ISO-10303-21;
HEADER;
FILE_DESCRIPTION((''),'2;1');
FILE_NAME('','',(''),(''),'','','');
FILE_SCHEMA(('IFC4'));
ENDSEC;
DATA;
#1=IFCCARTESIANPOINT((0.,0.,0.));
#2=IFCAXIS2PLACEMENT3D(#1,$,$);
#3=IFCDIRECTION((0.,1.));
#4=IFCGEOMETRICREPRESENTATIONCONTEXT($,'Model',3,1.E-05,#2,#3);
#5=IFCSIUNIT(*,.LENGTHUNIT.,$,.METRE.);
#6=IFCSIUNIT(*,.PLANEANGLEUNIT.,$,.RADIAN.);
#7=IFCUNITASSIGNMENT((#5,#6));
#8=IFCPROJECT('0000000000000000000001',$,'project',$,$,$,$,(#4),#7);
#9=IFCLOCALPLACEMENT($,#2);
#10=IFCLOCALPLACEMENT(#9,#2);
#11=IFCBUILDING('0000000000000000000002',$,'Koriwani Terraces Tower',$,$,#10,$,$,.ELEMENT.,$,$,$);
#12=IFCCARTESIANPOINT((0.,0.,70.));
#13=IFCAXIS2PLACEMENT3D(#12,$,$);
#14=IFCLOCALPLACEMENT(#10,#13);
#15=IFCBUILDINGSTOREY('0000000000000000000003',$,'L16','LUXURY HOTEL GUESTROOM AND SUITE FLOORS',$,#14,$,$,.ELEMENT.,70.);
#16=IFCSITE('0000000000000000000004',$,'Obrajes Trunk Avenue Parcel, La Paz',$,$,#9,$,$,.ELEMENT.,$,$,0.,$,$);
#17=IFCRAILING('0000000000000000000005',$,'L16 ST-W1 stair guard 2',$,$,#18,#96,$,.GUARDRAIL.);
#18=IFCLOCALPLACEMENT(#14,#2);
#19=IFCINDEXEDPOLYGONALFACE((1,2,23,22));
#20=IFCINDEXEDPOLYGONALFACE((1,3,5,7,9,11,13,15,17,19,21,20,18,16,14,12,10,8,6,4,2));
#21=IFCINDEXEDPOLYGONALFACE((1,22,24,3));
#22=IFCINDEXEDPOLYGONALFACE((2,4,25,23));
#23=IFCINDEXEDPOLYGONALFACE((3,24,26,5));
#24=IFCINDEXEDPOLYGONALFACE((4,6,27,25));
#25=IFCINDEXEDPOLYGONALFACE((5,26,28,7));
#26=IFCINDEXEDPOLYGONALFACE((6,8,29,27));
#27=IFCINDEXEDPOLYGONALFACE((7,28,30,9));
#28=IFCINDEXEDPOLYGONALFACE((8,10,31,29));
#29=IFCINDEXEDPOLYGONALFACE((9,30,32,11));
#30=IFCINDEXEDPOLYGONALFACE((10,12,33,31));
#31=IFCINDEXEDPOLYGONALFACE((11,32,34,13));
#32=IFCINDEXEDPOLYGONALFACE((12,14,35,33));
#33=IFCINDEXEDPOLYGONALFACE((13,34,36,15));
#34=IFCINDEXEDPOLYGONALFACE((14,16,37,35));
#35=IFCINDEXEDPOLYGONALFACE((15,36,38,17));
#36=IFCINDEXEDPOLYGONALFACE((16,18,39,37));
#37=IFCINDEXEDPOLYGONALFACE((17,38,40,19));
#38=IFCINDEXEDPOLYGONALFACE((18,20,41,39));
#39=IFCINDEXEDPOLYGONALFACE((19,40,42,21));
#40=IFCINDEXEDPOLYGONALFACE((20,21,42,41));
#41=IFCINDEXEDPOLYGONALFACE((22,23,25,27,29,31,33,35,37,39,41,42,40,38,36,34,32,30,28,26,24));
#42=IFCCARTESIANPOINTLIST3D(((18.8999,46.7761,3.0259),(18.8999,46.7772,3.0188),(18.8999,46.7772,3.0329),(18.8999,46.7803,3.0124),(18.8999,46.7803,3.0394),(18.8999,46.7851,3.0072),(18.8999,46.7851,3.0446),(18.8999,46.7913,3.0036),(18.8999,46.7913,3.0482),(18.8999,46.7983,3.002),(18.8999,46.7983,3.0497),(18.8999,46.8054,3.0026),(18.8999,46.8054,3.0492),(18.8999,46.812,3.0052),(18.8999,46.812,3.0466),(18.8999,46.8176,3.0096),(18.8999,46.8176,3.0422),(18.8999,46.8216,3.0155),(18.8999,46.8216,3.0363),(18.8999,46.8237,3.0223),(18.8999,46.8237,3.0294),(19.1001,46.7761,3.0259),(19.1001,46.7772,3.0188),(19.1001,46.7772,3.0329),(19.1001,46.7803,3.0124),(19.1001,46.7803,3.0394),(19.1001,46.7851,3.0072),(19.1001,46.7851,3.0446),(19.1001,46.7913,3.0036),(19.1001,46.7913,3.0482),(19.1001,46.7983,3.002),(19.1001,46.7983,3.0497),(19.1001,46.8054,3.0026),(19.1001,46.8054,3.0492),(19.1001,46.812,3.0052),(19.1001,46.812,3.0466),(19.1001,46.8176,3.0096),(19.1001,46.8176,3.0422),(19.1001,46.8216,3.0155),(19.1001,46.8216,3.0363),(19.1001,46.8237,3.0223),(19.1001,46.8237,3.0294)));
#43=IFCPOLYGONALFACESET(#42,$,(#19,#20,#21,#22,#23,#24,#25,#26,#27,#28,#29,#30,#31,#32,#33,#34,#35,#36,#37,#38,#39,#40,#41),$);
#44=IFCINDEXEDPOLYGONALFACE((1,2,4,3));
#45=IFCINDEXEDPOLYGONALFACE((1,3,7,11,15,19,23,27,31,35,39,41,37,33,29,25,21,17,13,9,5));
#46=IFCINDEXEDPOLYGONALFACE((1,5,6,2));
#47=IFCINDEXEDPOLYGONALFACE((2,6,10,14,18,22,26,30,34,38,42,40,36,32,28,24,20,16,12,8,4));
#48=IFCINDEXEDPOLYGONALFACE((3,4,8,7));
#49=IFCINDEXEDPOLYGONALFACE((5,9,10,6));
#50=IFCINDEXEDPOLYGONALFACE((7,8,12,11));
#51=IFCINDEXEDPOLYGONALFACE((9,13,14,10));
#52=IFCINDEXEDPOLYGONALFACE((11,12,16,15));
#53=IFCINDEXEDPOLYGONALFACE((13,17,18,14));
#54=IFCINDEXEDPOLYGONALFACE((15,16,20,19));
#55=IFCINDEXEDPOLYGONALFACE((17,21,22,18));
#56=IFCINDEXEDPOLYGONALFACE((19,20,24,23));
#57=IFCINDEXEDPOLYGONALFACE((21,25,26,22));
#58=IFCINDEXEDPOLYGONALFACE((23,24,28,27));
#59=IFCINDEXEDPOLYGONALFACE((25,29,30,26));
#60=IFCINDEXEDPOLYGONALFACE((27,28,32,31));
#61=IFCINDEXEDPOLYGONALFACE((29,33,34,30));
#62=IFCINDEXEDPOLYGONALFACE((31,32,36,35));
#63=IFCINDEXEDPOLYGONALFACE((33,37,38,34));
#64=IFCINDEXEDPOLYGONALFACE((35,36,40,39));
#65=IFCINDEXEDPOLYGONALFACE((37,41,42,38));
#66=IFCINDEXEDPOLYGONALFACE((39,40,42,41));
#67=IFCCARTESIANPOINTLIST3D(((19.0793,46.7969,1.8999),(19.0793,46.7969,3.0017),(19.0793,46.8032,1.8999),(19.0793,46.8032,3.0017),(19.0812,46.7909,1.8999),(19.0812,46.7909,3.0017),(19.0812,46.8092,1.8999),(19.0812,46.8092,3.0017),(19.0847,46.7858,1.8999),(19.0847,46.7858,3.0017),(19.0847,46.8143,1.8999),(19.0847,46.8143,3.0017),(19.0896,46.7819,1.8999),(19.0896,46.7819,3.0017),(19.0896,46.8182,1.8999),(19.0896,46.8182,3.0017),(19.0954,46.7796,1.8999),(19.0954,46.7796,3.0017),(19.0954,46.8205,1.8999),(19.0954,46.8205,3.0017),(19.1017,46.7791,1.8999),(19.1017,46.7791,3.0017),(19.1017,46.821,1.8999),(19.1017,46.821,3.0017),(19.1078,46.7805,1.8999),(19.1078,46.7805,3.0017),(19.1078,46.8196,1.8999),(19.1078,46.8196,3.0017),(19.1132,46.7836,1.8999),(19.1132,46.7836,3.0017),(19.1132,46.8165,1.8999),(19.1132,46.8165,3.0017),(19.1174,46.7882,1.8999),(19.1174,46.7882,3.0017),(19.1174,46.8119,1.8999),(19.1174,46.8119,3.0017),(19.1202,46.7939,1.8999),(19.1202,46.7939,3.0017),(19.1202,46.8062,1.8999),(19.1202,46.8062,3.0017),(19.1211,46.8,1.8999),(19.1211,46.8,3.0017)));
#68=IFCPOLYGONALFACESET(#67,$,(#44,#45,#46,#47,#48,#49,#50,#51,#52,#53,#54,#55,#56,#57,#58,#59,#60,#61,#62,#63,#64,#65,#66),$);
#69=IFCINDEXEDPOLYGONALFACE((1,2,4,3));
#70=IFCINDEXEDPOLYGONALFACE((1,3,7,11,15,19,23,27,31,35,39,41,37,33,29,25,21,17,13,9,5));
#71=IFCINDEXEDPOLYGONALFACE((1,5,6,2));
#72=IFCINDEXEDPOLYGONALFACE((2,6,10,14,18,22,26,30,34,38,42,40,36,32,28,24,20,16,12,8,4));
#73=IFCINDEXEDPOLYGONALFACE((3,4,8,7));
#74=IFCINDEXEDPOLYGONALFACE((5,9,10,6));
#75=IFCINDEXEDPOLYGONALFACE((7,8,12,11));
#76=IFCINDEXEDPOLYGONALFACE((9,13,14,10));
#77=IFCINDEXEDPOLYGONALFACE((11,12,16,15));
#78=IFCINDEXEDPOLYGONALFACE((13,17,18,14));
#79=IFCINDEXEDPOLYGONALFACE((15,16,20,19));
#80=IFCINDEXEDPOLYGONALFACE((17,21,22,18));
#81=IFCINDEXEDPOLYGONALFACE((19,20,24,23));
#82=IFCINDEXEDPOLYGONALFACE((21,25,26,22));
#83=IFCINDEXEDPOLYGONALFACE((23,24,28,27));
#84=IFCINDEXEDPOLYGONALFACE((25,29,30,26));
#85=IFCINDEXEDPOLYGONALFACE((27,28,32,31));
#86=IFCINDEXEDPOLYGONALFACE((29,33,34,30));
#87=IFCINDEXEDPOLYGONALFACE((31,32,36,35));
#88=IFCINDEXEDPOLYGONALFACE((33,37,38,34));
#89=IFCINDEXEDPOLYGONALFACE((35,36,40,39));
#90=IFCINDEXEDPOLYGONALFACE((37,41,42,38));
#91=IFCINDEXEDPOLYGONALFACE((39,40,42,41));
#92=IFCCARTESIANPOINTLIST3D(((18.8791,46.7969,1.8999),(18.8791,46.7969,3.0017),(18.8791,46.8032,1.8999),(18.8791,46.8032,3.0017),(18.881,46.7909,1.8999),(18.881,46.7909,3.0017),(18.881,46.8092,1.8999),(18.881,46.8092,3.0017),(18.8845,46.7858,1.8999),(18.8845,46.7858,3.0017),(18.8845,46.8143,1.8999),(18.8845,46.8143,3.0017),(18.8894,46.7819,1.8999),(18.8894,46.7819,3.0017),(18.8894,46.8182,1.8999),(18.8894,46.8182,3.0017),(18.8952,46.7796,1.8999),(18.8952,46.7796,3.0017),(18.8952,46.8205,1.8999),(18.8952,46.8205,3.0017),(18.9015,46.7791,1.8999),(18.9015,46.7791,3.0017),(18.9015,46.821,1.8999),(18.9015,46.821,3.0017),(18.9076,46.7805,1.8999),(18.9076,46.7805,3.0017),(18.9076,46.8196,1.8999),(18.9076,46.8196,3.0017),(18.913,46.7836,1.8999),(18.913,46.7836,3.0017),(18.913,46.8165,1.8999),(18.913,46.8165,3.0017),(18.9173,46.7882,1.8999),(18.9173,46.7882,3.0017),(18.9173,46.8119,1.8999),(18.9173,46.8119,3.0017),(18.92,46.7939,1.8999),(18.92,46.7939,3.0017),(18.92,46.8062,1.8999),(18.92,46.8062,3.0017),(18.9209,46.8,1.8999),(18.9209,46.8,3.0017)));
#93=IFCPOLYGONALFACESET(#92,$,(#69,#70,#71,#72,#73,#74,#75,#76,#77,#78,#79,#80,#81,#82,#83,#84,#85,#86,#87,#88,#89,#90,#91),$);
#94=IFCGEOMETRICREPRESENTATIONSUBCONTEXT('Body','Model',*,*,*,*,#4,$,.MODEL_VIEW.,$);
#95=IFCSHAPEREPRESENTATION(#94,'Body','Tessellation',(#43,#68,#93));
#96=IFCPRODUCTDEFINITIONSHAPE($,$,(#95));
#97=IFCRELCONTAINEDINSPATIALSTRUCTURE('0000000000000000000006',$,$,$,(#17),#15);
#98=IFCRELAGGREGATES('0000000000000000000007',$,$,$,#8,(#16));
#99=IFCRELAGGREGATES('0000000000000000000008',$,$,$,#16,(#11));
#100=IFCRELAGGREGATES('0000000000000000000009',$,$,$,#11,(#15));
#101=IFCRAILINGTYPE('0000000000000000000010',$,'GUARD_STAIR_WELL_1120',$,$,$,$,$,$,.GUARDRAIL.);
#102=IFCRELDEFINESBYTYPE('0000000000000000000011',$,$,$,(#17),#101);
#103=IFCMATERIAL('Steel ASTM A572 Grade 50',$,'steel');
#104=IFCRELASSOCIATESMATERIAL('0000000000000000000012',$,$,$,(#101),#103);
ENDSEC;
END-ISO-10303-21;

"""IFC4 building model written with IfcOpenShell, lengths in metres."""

from ifc_helpers import new_model, si_unit, direction, frame, origin, origin_2d, place, context, subcontext, project, spatial, circle, extrude, material, type_object, element, save


model = new_model("IFC4")

# Units and contexts
model_context = context("Model", 3, precision=1e-05, world=origin(), true_north=direction((0.0, 1.0)))
body_context = subcontext(model_context, "Body", "Model", "MODEL_VIEW")
ifc_project = project(units=[si_unit("LENGTHUNIT", "METRE"), si_unit("PLANEANGLEUNIT", "RADIAN")], contexts=[model_context])

# Site, building, storey
site_placement = place(None, origin())
site = spatial("IfcSite", under=ifc_project, at=site_placement, Name="Obrajes Trunk Avenue Parcel, La Paz", CompositionType="ELEMENT", RefElevation=0.0)
building_placement = place(site_placement, origin())
building = spatial("IfcBuilding", under=site, at=building_placement, Name="Koriwani Terraces Tower", CompositionType="ELEMENT")
storey_placement = place(building_placement, frame((0.0, 0.0, 70.0)))
storey = spatial("IfcBuildingStorey", under=building, at=storey_placement, Name="L16", Description="LUXURY HOTEL GUESTROOM AND SUITE FLOORS", CompositionType="ELEMENT", Elevation=70.0)

# Shared definitions
ifc_material_1 = material(Name="Steel ASTM A572 Grade 50", Category="steel")

# Railing
railing_type_1 = type_object("IfcRailingType", Name="GUARD_STAIR_WELL_1120", PredefinedType="GUARDRAIL", material=ifc_material_1)
railing_1_placement = place(storey_placement, frame((19.1001, 46.8, 1.8999)))
element("IfcRailing", 1, at=railing_1_placement, inside=storey, type_object=railing_type_1, Name="L16 ST-W1 stair guard 2", PredefinedType="GUARDRAIL", context=body_context, shape_type="SweptSolid", body=[
    extrude(circle(Radius=0.0239, at=origin_2d()), frame((0.0, 0.0, 1.126), z_axis=(-1.0, 0.0, 0.0), x_axis=(0.0, -1.0, 0.0)), (0.0, 0.0, 1.0), 0.2002),
    extrude(circle(Radius=0.021, at=origin_2d()), origin(), (0.0, 0.0, 1.0), 1.1018),
    extrude(circle(Radius=0.021, at=origin_2d()), frame((-0.2002, 0.0, 0.0)), (0.0, 0.0, 1.0), 1.1018),
])

save(model, "model.ifc")
